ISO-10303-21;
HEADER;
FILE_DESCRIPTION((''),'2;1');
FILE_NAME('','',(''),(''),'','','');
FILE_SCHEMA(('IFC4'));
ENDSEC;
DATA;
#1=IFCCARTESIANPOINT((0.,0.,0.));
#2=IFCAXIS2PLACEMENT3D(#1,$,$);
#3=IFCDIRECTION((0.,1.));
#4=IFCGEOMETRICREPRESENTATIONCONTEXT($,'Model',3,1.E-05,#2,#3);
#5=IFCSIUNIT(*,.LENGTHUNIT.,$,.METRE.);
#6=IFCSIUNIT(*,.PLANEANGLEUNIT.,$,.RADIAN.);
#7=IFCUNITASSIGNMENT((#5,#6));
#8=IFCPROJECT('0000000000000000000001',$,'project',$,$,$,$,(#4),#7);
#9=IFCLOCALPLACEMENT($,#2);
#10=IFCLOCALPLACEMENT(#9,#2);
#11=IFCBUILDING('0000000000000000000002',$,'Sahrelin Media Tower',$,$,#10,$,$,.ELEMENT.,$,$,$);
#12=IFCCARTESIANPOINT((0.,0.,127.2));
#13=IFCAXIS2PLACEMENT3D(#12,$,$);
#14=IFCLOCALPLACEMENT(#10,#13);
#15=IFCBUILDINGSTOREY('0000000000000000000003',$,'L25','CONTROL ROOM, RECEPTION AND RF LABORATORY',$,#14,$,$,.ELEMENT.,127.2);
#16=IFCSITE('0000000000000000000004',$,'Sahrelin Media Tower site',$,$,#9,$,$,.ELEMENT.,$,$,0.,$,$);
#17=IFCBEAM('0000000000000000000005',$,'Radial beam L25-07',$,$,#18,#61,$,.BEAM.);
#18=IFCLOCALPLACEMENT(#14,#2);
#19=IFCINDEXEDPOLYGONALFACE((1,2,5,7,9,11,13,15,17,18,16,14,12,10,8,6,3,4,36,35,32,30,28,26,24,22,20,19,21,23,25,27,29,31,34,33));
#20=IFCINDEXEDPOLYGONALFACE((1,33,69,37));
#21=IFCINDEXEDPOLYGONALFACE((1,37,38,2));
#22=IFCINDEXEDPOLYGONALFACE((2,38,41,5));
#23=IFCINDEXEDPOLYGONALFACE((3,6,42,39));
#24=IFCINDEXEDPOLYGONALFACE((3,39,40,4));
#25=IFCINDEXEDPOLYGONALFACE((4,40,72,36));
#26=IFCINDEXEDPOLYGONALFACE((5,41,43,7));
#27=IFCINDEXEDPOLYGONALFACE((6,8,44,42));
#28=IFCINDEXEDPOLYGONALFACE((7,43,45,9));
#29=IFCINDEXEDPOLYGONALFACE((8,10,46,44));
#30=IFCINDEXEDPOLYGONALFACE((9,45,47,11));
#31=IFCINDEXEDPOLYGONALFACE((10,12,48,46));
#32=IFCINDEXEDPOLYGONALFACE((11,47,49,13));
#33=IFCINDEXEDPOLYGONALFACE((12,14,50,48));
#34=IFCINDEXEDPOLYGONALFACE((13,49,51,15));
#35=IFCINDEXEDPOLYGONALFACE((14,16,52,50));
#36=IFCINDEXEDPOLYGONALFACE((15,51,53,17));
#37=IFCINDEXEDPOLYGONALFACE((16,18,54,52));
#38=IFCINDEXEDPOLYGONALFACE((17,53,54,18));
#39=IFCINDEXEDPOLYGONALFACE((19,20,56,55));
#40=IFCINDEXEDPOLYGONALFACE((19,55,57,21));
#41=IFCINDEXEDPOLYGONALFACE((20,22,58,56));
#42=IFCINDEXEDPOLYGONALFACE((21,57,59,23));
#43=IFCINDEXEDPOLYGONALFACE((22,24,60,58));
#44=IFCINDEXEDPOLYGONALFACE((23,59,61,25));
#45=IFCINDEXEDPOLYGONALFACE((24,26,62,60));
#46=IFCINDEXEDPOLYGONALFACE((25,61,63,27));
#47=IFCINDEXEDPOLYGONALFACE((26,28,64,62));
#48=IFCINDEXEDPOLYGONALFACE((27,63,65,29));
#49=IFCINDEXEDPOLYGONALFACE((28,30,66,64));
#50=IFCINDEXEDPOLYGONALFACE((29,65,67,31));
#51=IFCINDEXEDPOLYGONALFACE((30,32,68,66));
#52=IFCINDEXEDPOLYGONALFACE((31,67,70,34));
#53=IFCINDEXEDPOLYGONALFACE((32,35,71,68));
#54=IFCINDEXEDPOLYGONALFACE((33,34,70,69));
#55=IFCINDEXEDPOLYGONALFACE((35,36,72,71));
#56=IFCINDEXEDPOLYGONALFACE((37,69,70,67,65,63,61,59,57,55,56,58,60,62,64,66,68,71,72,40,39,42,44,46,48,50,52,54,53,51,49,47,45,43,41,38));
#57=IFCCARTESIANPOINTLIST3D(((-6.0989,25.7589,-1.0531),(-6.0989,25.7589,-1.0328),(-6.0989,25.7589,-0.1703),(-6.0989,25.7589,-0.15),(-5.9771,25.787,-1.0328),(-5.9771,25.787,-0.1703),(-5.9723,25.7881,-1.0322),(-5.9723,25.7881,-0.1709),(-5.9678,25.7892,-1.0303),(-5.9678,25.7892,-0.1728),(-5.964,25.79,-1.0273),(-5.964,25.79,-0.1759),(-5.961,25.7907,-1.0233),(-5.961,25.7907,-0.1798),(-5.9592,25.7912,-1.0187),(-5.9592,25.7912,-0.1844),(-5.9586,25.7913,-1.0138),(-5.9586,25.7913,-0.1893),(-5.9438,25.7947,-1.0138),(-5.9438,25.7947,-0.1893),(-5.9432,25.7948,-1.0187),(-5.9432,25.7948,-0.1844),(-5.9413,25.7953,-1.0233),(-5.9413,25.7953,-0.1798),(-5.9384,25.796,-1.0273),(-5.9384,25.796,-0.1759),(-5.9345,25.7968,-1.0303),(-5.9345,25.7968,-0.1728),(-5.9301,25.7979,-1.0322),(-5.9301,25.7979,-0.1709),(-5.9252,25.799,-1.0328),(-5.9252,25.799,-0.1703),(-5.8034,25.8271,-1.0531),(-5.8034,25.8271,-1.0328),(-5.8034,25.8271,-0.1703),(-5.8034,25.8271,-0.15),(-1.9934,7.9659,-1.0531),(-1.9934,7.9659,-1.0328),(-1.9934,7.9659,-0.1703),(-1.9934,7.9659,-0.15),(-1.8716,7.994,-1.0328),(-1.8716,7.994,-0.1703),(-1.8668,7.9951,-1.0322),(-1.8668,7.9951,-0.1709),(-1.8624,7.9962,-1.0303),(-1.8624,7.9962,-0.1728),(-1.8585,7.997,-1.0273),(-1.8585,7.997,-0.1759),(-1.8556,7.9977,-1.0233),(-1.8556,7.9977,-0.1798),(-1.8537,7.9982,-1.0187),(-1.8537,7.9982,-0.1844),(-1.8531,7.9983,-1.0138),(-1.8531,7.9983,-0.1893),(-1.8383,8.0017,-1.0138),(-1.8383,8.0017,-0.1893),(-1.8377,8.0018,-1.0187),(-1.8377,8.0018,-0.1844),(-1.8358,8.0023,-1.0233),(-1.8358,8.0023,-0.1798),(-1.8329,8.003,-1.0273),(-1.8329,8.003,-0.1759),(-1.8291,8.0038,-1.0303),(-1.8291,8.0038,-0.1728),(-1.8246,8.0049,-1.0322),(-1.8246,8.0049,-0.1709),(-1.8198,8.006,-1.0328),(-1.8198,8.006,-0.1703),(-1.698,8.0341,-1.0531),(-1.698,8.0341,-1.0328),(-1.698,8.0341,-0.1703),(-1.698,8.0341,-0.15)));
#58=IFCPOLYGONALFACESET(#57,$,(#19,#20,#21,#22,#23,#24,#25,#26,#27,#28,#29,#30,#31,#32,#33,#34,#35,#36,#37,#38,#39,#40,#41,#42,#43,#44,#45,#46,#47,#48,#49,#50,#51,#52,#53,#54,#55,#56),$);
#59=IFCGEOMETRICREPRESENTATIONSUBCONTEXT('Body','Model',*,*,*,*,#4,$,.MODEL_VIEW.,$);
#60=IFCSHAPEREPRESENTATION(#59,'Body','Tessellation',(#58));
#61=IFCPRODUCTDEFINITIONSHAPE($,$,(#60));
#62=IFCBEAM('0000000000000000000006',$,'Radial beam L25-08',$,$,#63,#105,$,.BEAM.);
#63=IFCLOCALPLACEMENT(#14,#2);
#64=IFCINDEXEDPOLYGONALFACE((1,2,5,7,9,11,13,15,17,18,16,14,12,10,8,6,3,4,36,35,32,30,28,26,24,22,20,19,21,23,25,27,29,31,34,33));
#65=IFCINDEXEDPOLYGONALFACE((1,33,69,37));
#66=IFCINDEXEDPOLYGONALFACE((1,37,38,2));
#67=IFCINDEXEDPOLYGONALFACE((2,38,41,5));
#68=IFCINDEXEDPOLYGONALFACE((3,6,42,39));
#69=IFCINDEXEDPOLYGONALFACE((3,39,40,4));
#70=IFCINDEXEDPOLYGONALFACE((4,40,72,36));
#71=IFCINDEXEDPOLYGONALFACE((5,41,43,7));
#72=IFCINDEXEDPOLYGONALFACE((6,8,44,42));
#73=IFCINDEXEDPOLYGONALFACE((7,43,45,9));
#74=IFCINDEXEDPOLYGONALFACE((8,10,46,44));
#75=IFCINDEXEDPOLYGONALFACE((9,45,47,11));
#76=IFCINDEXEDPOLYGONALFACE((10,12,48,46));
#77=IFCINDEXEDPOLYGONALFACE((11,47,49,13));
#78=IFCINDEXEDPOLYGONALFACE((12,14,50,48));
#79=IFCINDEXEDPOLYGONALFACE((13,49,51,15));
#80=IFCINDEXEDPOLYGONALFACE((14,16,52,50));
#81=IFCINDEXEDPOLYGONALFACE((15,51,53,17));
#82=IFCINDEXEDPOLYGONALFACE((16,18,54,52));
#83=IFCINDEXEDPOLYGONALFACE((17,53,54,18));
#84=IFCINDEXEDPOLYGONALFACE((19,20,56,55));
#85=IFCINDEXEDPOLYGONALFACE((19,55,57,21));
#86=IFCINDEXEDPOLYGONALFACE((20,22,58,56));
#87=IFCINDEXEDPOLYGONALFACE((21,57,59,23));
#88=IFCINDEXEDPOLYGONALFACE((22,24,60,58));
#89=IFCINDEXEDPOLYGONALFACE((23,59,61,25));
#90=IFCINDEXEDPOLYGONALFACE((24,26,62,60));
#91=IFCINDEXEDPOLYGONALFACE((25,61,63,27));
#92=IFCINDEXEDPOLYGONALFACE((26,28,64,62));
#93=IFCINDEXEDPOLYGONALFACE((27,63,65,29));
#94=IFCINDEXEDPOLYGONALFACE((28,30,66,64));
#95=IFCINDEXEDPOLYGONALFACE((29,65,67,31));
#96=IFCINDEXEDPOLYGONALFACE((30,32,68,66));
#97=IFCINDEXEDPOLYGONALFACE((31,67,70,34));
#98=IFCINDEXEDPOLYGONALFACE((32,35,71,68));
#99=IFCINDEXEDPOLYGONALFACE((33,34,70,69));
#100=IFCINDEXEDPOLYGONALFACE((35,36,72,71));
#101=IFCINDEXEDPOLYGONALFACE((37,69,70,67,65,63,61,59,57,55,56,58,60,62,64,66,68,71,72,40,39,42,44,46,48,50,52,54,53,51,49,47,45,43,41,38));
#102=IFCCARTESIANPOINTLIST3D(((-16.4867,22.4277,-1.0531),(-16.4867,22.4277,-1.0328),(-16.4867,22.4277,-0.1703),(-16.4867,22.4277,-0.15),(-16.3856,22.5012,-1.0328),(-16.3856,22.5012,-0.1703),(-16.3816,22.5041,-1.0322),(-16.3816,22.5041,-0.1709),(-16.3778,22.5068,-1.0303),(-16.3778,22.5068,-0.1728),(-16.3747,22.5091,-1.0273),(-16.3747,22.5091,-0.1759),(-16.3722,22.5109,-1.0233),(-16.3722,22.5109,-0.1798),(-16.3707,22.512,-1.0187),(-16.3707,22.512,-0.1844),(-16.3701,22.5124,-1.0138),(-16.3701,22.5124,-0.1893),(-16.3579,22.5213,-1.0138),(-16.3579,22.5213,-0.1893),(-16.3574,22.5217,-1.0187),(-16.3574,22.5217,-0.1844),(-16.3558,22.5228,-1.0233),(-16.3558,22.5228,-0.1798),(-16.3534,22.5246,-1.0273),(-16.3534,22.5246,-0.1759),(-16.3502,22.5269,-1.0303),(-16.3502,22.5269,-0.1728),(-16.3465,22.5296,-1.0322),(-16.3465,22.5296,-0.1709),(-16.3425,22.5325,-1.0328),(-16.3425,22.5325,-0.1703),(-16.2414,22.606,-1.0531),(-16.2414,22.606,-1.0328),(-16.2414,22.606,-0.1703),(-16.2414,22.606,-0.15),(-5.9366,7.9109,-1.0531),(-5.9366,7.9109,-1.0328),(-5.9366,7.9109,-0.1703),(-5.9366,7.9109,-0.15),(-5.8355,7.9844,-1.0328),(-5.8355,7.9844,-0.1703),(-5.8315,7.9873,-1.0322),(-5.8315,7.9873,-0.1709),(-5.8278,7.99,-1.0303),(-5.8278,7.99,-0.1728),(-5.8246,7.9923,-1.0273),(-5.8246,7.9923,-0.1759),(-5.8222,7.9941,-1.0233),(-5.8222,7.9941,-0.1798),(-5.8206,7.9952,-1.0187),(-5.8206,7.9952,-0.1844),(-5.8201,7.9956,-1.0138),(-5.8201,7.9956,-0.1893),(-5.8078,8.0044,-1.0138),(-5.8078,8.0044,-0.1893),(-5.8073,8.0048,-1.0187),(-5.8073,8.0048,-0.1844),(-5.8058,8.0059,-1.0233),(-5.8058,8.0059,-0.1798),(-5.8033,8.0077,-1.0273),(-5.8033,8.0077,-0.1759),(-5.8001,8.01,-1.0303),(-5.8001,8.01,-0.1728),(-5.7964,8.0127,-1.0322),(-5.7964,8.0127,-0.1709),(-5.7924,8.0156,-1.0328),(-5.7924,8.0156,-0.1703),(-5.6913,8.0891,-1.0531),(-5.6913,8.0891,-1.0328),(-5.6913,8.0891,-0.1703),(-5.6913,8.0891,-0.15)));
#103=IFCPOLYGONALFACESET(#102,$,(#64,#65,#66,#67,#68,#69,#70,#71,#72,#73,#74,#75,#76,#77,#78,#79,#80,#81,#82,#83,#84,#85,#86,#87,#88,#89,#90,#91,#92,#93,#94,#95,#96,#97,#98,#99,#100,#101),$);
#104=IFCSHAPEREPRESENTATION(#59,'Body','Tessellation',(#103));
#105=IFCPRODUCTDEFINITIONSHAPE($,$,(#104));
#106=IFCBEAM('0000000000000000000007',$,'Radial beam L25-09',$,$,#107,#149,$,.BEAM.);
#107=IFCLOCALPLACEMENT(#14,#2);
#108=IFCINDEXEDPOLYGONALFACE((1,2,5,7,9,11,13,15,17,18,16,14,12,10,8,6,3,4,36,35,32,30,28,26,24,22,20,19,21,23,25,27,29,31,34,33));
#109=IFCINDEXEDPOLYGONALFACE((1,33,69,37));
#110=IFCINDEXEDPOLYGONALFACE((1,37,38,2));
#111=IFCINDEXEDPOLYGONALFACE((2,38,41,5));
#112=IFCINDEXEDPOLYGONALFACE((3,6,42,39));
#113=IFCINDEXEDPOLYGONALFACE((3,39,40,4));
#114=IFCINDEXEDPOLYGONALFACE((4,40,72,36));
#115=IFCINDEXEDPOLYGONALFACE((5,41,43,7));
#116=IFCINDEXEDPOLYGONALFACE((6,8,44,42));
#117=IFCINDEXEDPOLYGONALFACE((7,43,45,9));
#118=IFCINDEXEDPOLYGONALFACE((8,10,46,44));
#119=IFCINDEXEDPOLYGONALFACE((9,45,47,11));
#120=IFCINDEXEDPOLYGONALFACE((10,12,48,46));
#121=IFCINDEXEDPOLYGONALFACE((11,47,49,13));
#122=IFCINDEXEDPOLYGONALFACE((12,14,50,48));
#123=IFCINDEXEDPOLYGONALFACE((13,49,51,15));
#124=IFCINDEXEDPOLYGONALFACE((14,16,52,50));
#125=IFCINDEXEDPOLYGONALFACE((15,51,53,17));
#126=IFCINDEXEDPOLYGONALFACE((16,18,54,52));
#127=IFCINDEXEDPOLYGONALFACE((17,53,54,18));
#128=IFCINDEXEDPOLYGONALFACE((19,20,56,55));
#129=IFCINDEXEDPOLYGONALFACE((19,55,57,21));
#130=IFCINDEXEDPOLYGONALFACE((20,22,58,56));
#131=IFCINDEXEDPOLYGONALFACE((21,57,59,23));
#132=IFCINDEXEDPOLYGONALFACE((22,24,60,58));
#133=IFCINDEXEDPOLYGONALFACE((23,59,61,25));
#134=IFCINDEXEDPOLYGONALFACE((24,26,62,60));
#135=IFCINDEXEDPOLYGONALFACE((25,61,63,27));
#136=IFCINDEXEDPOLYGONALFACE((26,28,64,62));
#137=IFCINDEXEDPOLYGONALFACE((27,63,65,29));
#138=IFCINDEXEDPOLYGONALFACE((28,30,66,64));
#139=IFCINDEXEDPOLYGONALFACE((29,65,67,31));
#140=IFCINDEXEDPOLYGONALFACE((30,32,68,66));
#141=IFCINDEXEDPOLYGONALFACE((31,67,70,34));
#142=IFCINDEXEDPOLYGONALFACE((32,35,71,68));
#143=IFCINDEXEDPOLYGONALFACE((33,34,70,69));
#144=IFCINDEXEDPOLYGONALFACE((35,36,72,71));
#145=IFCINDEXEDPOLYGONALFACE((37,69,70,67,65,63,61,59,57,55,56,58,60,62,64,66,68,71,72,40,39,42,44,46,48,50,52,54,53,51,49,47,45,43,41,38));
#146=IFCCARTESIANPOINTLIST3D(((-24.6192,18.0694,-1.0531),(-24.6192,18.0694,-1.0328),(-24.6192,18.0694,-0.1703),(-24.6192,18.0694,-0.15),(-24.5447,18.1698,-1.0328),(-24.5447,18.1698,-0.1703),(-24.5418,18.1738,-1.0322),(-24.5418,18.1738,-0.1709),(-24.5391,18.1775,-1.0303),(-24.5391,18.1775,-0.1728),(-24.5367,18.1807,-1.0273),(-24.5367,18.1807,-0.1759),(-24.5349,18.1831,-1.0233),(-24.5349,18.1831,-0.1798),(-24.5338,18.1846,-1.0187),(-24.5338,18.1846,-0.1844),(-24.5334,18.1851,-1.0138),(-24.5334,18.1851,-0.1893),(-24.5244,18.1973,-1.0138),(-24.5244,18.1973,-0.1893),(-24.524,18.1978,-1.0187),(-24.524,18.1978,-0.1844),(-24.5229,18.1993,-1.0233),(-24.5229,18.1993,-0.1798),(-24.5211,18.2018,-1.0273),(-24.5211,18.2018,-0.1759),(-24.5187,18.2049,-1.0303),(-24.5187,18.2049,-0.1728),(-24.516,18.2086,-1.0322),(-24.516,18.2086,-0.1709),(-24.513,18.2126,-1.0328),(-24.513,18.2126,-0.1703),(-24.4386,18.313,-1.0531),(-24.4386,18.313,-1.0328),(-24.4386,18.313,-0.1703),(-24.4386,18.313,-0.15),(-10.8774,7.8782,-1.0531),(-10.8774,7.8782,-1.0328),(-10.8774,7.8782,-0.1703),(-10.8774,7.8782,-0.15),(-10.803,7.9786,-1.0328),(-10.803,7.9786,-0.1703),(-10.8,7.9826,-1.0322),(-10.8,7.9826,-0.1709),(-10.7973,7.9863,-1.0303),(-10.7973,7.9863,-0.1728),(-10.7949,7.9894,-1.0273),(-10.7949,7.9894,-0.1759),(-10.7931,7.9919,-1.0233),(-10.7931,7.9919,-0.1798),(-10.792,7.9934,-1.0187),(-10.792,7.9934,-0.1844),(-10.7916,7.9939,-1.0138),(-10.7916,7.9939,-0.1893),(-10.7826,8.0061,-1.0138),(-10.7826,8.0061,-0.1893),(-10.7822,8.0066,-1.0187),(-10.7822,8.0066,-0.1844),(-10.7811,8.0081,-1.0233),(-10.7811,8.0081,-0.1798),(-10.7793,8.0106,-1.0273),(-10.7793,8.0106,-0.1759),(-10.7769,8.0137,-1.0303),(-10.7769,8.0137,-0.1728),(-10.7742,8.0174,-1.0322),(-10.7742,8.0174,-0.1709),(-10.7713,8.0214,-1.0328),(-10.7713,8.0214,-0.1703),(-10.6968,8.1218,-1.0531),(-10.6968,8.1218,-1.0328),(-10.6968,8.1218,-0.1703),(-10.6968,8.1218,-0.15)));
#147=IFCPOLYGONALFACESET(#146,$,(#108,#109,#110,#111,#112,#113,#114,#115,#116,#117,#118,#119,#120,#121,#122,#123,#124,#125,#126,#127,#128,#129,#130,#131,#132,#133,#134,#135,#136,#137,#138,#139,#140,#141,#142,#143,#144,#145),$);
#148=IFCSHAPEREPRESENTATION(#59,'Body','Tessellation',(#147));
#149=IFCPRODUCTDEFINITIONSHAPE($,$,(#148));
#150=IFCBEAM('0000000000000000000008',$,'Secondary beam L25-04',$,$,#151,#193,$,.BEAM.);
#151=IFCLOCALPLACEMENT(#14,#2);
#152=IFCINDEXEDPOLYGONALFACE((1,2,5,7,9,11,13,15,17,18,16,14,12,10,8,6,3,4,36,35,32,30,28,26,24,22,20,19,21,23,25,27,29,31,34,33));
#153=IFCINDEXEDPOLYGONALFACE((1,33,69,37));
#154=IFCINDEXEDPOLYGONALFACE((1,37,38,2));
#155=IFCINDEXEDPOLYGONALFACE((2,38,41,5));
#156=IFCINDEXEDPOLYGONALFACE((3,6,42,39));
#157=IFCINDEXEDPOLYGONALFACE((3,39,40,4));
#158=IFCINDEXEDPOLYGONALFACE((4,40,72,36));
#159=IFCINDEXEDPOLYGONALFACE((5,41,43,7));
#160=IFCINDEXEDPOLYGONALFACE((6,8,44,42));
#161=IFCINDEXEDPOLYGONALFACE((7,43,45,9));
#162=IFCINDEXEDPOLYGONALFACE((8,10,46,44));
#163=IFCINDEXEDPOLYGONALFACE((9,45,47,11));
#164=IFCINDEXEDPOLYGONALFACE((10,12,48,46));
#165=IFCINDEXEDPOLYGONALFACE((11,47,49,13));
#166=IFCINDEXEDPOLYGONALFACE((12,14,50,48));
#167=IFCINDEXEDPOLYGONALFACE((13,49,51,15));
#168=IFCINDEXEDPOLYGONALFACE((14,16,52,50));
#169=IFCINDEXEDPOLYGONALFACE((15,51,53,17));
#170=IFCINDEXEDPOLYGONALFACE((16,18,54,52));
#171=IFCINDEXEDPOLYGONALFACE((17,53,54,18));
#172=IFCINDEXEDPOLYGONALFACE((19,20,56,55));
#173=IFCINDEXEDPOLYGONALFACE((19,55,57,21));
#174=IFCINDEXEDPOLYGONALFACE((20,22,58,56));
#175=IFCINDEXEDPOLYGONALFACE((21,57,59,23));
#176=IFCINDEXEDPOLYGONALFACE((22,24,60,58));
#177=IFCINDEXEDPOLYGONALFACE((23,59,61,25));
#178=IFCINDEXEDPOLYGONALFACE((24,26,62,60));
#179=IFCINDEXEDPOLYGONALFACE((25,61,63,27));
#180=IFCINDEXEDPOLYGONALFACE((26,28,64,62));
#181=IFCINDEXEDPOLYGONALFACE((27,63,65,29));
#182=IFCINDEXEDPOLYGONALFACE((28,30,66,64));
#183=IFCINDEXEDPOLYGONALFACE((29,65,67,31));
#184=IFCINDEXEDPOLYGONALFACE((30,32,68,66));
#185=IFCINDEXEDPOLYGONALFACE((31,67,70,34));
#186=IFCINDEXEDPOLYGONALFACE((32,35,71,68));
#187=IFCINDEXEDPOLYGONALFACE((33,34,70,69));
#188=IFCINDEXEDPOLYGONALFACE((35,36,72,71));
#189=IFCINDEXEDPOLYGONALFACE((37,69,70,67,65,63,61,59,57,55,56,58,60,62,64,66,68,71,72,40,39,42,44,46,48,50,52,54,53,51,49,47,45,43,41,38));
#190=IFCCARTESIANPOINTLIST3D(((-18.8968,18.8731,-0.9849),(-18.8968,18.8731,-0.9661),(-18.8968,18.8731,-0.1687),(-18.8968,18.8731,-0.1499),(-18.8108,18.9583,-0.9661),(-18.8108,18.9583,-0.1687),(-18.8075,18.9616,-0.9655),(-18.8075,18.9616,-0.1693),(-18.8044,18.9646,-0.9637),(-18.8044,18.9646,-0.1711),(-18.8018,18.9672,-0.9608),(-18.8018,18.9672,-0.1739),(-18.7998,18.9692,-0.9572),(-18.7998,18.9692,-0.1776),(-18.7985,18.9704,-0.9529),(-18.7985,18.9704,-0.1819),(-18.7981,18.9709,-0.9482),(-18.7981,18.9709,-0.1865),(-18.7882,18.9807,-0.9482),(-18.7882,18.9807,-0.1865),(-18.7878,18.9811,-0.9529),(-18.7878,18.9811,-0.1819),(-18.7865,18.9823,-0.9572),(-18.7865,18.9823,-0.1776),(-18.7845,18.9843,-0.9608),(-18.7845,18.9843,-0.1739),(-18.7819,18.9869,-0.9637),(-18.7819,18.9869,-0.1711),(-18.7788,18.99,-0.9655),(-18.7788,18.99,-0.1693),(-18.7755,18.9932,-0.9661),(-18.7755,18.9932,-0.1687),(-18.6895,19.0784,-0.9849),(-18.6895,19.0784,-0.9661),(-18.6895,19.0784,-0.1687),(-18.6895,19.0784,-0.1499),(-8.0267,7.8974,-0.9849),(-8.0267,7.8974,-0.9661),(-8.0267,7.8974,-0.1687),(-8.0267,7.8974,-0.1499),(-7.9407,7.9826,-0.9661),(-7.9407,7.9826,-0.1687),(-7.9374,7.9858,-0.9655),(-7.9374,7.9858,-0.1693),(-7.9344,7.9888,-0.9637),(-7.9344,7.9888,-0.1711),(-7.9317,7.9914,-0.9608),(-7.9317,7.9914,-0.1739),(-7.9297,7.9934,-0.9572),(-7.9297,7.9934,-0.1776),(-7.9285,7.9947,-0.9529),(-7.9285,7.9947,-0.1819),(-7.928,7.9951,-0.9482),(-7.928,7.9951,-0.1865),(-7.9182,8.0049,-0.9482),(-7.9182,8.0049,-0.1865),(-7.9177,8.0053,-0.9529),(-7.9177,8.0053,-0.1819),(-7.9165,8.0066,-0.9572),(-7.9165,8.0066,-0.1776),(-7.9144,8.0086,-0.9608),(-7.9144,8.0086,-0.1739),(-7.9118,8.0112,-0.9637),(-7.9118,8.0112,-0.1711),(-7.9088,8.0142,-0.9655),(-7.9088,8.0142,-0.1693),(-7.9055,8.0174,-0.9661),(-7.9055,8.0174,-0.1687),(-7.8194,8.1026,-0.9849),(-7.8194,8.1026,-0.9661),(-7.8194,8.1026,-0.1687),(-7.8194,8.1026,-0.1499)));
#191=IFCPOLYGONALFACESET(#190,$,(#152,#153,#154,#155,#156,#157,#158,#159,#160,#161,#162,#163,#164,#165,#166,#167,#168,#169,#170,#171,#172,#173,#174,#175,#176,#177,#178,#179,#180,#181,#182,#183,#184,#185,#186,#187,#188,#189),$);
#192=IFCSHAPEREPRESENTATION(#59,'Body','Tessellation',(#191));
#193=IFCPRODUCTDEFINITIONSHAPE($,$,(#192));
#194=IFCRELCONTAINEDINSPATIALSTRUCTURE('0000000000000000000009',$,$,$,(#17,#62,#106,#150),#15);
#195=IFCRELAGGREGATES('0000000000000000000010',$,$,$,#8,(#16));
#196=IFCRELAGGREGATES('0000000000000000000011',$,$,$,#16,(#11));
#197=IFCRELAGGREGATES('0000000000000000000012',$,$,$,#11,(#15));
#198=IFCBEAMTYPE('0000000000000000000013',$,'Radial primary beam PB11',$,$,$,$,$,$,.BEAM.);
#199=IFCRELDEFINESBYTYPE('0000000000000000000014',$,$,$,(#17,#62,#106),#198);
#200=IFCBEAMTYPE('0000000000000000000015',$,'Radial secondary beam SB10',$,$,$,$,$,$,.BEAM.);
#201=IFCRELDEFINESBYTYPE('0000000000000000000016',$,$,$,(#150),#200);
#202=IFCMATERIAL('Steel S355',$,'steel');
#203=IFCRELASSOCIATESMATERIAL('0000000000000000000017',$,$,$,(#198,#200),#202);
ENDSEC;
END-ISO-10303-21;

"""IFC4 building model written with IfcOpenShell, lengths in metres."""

from ifc_helpers import new_model, si_unit, direction, frame, origin, origin_2d, place, context, subcontext, project, spatial, i_section, extrude, material, material_profile, profile_set, type_object, element, save


model = new_model("IFC4")

# Units and contexts
model_context = context("Model", 3, precision=1e-05, world=origin(), true_north=direction((0.0, 1.0)))
body_context = subcontext(model_context, "Body", "Model", "MODEL_VIEW")
ifc_project = project(units=[si_unit("LENGTHUNIT", "METRE"), si_unit("PLANEANGLEUNIT", "RADIAN")], contexts=[model_context])

# Site, building, storey
site_placement = place(None, origin())
site = spatial("IfcSite", under=ifc_project, at=site_placement, Name="Sahrelin Media Tower site", CompositionType="ELEMENT", RefElevation=0.0)
building_placement = place(site_placement, origin())
building = spatial("IfcBuilding", under=site, at=building_placement, Name="Sahrelin Media Tower", CompositionType="ELEMENT")
storey_placement = place(building_placement, frame((0.0, 0.0, 127.2)))
storey = spatial("IfcBuildingStorey", under=building, at=storey_placement, Name="L25", Description="CONTROL ROOM, RECEPTION AND RF LABORATORY", CompositionType="ELEMENT", Elevation=127.2)

# Beams
ifc_material_1 = material(Name="Steel S355", Category="steel")
ifc_material_profile_1 = material_profile(ifc_material_1, i_section(OverallWidth=0.3032, OverallDepth=0.9031, WebThickness=0.0151, FlangeThickness=0.0203, FilletRadius=0.019, at=origin_2d()), Name="UB 914x305x201")
ifc_profile_set_1 = profile_set([ifc_material_profile_1], Name="Steel S355")
beam_type_1 = type_object("IfcBeamType", Name="Radial primary beam PB11", PredefinedType="BEAM", material=ifc_profile_set_1)
beam_1_placement = place(storey_placement, frame((-1.8457, 8.0, -0.6016), z_axis=(-0.224828, 0.974398, 0.0), x_axis=(-0.974398, -0.224828, 0.0)))
element("IfcBeam", 1, at=beam_1_placement, inside=storey, type_object=beam_type_1, Name="Radial beam L25-07", PredefinedType="BEAM", context=body_context, shape_type="SweptSolid", body=[
    extrude(i_section(OverallWidth=0.3032, OverallDepth=0.9031, WebThickness=0.0151, FlangeThickness=0.0203, FilletRadius=0.019, at=origin_2d()), origin(), (0.0, 0.0, 1.0), 18.2605),
])
beam_2_placement = place(storey_placement, frame((-5.814, 8.0, -0.6016), z_axis=(-0.587893, 0.808939, 0.0), x_axis=(-0.808939, -0.587893, 0.0)))
element("IfcBeam", 2, at=beam_2_placement, inside=storey, type_object=beam_type_1, Name="Radial beam L25-08", PredefinedType="BEAM", context=body_context, shape_type="SweptSolid", body=[
    extrude(i_section(OverallWidth=0.3032, OverallDepth=0.9031, WebThickness=0.0151, FlangeThickness=0.0203, FilletRadius=0.019, at=origin_2d()), origin(), (0.0, 0.0, 1.0), 17.9456),
])
beam_3_placement = place(storey_placement, frame((-10.7871, 8.0, -0.6016), z_axis=(-0.803218, 0.595685, 0.0), x_axis=(-0.595685, -0.803218, 0.0)))
element("IfcBeam", 3, at=beam_3_placement, inside=storey, type_object=beam_type_1, Name="Radial beam L25-09", PredefinedType="BEAM", context=body_context, shape_type="SweptSolid", body=[
    extrude(i_section(OverallWidth=0.3032, OverallDepth=0.9031, WebThickness=0.0151, FlangeThickness=0.0203, FilletRadius=0.019, at=origin_2d()), origin(), (0.0, 0.0, 1.0), 17.1084),
])
ifc_material_profile_2 = material_profile(ifc_material_1, i_section(OverallWidth=0.2917, OverallDepth=0.835, WebThickness=0.0139, FlangeThickness=0.0188, FilletRadius=0.0178, at=origin_2d()), Name="UB 838x292x176")
ifc_profile_set_2 = profile_set([ifc_material_profile_2], Name="Steel S355")
beam_type_2 = type_object("IfcBeamType", Name="Radial secondary beam SB10", PredefinedType="BEAM", material=ifc_profile_set_2)
beam_4_placement = place(storey_placement, frame((-7.9231, 8.0, -0.5674), z_axis=(-0.703677, 0.71052, 0.0), x_axis=(-0.71052, -0.703677, 0.0)))
element("IfcBeam", 4, at=beam_4_placement, inside=storey, type_object=beam_type_2, Name="Secondary beam L25-04", PredefinedType="BEAM", context=body_context, shape_type="SweptSolid", body=[
    extrude(i_section(OverallWidth=0.2917, OverallDepth=0.835, WebThickness=0.0139, FlangeThickness=0.0188, FilletRadius=0.0178, at=origin_2d()), origin(), (0.0, 0.0, 1.0), 15.4475),
])

save(model, "model.ifc")
